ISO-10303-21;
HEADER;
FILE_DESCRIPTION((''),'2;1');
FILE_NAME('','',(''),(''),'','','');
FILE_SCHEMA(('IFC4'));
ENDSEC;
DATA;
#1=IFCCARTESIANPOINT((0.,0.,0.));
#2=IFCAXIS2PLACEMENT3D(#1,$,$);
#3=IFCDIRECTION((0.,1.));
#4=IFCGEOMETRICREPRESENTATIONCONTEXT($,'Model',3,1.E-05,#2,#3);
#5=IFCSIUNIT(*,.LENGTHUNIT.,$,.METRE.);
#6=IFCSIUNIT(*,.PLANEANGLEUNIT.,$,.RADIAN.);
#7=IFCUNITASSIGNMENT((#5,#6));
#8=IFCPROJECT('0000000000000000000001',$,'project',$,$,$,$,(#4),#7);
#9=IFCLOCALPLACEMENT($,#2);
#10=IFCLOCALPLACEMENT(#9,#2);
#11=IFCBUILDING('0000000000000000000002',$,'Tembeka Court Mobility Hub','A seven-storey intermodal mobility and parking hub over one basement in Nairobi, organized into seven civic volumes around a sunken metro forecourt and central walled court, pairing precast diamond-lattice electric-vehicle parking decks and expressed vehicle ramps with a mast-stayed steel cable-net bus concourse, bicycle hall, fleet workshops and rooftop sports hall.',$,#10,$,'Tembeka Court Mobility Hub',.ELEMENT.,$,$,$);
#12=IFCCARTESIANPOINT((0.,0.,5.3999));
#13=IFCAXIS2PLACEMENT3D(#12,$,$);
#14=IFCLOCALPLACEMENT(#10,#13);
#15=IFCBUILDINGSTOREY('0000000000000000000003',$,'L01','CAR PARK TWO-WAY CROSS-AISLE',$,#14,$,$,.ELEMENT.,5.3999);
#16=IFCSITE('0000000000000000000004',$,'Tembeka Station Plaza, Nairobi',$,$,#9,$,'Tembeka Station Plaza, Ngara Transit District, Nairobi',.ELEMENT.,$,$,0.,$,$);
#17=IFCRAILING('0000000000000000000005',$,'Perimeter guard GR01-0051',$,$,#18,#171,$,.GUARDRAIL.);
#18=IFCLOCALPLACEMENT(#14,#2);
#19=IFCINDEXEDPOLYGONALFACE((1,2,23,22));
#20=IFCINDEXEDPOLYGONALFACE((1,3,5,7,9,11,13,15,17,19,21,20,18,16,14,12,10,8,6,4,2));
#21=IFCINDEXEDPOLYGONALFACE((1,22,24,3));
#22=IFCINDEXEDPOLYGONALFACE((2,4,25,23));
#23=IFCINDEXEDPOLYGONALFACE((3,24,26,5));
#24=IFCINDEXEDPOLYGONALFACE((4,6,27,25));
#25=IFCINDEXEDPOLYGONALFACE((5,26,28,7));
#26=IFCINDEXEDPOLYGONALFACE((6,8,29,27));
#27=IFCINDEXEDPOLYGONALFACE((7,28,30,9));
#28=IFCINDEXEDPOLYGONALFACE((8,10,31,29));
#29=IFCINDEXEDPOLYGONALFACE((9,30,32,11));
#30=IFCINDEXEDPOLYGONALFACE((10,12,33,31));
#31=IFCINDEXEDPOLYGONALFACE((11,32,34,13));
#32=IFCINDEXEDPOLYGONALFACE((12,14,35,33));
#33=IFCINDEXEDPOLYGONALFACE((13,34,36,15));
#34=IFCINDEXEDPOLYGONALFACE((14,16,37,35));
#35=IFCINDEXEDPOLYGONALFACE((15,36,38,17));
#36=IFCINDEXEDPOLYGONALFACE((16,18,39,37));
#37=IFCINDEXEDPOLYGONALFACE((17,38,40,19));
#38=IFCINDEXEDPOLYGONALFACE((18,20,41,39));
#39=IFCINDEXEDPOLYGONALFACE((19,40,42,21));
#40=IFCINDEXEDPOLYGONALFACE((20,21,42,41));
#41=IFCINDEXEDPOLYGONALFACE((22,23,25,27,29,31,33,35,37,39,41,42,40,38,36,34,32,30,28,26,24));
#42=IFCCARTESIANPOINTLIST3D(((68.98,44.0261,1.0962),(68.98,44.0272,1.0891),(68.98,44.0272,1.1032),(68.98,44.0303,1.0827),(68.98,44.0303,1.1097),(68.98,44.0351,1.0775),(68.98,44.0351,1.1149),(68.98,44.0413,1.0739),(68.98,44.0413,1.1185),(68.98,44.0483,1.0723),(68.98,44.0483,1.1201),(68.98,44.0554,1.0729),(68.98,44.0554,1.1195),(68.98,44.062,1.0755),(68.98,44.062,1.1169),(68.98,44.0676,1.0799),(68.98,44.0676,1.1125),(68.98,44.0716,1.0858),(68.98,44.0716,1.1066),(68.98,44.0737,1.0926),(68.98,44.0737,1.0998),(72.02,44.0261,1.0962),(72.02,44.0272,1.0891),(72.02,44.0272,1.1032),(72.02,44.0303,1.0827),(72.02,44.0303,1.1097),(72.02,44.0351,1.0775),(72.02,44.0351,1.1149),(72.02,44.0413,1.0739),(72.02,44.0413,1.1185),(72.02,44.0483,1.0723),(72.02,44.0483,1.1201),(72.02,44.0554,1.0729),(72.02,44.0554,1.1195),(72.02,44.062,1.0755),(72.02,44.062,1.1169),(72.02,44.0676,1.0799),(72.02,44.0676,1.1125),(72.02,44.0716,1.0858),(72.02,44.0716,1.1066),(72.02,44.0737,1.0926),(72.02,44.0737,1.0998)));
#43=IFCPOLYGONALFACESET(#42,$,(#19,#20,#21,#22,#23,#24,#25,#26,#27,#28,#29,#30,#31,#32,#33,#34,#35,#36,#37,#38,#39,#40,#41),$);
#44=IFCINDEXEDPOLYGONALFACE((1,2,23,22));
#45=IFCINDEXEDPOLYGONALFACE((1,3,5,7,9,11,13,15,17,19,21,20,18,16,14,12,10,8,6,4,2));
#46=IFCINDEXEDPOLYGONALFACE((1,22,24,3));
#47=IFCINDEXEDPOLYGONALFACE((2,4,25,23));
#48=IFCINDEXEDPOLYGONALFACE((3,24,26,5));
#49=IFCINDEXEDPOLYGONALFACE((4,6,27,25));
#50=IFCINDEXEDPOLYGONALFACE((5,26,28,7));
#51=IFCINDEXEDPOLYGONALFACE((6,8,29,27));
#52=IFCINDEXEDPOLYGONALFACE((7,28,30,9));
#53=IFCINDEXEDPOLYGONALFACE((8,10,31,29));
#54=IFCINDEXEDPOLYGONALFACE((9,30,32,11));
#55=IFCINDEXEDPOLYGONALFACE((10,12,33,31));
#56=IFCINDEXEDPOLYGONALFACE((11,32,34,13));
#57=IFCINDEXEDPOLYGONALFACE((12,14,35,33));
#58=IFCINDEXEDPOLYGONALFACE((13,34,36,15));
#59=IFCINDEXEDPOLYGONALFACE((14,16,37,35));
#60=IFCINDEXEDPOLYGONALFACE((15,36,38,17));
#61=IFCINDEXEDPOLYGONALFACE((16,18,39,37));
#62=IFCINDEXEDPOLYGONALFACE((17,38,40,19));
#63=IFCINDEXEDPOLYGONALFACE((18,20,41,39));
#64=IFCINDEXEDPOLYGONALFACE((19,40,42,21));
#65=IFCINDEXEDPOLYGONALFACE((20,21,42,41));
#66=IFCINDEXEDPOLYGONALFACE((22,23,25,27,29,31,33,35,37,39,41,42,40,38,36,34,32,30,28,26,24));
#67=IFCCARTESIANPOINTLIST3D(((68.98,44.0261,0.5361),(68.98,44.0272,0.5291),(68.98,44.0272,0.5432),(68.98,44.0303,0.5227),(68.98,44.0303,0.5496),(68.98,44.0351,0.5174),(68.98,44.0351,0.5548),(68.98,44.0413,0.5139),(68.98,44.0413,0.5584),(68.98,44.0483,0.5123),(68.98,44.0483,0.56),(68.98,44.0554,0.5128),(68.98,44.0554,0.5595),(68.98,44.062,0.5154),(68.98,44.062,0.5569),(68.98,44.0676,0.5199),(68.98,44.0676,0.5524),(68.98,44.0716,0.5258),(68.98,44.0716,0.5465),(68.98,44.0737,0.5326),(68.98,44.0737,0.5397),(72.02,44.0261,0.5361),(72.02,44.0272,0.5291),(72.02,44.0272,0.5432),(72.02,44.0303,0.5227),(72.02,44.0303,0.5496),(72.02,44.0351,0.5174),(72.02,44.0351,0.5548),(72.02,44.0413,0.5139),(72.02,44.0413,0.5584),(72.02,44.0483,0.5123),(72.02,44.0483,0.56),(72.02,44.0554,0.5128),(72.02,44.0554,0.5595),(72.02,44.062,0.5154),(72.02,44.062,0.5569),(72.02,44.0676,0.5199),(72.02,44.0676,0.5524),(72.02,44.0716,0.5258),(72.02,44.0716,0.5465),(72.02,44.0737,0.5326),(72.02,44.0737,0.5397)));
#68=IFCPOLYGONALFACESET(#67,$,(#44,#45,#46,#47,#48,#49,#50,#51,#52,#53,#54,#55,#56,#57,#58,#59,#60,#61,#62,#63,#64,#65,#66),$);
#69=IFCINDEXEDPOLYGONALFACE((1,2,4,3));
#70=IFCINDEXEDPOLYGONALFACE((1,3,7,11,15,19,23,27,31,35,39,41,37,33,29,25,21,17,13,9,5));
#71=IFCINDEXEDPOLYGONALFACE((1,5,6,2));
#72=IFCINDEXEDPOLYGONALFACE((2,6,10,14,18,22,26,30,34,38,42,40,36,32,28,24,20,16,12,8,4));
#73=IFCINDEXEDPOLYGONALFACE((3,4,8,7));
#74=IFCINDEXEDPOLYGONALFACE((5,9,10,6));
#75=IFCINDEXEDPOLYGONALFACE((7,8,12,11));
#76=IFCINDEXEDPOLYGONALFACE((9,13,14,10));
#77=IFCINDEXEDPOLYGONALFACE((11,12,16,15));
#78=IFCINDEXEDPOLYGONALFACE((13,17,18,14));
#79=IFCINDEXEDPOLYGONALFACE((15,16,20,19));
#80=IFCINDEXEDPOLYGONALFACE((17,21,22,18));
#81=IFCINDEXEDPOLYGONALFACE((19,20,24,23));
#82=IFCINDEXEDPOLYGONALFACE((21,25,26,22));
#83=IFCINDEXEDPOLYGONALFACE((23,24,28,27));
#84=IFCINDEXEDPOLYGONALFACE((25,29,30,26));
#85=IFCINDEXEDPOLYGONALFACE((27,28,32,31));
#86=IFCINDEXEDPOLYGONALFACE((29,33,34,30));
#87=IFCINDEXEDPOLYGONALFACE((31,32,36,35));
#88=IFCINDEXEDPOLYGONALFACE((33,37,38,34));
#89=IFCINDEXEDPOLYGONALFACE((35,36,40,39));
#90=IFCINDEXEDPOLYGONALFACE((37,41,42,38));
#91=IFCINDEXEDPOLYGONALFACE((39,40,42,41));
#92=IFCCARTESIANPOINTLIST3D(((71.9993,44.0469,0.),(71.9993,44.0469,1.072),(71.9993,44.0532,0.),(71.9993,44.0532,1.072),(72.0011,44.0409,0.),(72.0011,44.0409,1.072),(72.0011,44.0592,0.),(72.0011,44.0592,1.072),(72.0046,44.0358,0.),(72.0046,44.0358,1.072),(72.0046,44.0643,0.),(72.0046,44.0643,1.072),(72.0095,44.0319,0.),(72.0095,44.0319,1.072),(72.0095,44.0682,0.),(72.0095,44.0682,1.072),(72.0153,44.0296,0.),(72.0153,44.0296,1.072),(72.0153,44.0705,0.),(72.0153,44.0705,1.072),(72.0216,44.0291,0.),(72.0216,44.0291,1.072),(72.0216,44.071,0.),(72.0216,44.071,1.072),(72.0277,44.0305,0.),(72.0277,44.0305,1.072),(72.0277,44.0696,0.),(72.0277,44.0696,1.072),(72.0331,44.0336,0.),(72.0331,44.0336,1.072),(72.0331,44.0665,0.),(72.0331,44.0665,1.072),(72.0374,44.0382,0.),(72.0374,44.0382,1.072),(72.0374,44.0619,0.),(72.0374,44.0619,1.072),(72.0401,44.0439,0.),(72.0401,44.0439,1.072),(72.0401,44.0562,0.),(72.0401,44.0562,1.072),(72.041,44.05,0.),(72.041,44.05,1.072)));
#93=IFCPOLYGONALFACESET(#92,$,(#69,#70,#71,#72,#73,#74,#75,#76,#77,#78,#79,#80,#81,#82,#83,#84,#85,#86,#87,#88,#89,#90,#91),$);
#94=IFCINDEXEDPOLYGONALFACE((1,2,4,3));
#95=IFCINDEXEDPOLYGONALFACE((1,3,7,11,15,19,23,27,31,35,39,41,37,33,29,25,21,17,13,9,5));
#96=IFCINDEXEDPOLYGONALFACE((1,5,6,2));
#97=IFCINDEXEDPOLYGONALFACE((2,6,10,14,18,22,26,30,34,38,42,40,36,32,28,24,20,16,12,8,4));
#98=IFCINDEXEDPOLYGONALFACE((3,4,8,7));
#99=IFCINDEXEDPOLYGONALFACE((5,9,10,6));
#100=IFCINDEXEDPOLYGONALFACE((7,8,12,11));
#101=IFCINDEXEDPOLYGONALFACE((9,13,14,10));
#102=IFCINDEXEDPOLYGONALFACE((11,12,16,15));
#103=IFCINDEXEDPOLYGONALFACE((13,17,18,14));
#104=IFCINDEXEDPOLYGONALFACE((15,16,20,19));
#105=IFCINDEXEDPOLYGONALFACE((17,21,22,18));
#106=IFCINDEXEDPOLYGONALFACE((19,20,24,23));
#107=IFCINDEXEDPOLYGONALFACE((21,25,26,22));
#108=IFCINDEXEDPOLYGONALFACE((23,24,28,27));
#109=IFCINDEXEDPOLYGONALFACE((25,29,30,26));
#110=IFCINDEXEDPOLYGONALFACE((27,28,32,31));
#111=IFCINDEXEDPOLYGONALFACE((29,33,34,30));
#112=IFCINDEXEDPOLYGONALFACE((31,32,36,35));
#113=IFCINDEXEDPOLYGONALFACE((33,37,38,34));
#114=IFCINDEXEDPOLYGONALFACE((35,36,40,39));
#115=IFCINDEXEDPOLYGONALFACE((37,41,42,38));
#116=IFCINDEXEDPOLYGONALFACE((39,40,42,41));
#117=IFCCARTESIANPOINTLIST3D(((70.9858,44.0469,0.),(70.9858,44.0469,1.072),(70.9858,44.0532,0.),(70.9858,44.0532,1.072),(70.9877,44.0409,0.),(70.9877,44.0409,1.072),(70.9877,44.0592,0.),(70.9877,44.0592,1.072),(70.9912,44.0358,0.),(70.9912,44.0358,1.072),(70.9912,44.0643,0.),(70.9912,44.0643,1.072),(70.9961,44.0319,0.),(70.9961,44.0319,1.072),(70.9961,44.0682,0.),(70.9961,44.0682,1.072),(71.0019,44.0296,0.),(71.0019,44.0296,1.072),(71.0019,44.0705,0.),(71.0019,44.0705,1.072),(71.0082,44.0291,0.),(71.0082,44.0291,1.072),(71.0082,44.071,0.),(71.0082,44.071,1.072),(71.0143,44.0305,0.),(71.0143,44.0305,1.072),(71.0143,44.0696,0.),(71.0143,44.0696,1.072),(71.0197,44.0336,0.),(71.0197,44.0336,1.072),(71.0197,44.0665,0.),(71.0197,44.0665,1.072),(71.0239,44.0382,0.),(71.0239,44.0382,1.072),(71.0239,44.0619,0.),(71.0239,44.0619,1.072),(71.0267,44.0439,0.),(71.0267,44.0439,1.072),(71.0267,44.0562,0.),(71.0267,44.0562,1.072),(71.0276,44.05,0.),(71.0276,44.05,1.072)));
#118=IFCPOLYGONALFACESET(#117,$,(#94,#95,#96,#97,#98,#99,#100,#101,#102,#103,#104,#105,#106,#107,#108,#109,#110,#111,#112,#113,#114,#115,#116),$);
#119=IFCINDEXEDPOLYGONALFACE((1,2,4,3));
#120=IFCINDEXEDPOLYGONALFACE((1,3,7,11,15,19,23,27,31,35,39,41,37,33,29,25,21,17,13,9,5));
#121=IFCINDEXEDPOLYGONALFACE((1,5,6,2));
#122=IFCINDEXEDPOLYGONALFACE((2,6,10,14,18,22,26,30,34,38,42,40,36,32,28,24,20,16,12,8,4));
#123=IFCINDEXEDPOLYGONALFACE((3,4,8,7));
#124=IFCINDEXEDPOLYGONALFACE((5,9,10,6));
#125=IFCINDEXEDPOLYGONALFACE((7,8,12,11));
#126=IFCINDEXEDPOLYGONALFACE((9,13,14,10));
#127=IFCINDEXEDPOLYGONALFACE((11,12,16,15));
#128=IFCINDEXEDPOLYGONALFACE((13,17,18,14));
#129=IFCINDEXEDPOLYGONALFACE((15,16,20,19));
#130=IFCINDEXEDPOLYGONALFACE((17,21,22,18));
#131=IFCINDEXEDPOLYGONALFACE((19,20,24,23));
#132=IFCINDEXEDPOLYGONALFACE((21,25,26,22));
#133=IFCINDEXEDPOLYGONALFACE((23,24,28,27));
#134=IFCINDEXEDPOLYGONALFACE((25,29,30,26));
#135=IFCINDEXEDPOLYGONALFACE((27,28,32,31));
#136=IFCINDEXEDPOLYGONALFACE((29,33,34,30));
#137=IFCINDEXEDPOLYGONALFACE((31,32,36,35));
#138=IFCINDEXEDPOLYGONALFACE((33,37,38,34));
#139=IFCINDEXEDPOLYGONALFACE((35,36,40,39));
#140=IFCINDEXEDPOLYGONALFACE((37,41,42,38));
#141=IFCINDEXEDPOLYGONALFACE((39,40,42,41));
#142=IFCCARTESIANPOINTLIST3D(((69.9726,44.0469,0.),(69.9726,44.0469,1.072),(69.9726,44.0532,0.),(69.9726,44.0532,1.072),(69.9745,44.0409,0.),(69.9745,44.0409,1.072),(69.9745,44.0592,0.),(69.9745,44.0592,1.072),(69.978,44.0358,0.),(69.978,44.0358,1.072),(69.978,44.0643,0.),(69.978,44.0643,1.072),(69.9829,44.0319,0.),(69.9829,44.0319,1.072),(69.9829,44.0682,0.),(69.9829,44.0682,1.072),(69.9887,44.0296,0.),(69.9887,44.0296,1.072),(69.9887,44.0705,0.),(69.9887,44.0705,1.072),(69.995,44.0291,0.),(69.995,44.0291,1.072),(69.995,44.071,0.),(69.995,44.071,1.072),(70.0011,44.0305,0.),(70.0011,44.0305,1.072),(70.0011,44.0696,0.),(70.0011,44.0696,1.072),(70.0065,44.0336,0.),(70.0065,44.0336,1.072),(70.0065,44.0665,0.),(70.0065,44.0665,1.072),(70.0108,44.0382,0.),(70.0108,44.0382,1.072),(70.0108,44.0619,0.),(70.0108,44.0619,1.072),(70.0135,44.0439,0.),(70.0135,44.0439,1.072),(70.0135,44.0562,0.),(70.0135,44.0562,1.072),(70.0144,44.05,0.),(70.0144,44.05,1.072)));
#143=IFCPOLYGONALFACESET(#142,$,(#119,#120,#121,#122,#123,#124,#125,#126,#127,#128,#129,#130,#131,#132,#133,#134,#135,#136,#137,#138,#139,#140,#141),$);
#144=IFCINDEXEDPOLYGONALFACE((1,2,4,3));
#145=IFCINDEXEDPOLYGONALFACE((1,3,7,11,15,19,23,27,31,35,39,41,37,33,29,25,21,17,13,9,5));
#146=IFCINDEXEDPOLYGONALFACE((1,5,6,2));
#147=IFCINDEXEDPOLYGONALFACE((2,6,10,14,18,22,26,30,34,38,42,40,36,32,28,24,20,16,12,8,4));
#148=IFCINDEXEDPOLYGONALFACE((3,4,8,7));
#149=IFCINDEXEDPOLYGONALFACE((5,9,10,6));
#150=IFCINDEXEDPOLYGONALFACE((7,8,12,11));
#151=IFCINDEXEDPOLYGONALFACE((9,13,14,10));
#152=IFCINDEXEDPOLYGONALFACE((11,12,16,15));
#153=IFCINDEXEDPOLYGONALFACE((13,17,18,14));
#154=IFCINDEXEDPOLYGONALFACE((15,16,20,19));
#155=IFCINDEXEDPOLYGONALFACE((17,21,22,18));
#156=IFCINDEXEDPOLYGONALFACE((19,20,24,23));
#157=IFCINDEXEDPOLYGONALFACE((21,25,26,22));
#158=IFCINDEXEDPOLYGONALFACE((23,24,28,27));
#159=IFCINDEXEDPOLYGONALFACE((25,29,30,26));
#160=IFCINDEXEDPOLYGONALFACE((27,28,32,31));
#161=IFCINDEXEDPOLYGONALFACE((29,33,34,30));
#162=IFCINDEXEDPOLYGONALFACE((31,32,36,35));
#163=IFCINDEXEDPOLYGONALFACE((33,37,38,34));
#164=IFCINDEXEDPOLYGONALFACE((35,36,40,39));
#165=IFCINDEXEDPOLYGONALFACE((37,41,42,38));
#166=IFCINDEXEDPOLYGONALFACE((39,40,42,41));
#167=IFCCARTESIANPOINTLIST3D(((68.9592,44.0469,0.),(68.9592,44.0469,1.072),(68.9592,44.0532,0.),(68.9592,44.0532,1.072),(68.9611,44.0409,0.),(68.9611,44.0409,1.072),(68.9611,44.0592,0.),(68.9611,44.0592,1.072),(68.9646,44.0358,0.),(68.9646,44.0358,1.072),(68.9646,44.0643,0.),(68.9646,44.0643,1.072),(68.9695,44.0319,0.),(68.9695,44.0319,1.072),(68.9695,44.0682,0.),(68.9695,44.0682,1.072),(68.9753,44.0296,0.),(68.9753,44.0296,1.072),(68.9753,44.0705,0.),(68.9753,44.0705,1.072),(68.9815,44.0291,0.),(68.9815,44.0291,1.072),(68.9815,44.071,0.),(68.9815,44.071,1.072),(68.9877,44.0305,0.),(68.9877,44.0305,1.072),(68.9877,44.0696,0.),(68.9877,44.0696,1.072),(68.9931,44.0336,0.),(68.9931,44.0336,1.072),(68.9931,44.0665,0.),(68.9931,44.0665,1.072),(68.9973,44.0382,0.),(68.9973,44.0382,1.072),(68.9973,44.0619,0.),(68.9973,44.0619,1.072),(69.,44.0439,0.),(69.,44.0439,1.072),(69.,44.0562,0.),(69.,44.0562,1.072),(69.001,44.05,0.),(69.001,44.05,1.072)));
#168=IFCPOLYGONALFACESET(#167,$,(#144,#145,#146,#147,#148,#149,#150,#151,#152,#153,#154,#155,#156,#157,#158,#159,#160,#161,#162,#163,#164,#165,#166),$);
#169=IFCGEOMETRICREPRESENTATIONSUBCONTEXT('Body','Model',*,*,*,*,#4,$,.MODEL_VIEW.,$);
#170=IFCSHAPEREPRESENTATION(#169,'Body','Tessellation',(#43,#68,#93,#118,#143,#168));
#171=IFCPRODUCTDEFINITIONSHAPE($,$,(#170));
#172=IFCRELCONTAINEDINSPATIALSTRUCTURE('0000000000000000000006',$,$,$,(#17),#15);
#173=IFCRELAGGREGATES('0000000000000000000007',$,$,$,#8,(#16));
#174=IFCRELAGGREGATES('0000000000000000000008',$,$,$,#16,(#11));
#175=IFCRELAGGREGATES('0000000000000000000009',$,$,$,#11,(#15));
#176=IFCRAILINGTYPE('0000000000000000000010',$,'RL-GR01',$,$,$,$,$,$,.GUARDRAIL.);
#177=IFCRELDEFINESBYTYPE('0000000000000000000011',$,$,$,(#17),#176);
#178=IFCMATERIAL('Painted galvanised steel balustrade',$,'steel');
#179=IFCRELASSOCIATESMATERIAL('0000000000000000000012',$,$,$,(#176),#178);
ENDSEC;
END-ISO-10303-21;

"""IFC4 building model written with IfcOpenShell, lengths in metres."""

from ifc_helpers import new_model, si_unit, direction, frame, origin, origin_2d, place, context, subcontext, project, spatial, circle, extrude, material, type_object, element, save


model = new_model("IFC4")

# Units and contexts
model_context = context("Model", 3, precision=1e-05, world=origin(), true_north=direction((0.0, 1.0)))
body_context = subcontext(model_context, "Body", "Model", "MODEL_VIEW")
ifc_project = project(units=[si_unit("LENGTHUNIT", "METRE"), si_unit("PLANEANGLEUNIT", "RADIAN")], contexts=[model_context])

# Site, building, storey
site_placement = place(None, origin())
site = spatial("IfcSite", under=ifc_project, at=site_placement, Name="Tembeka Station Plaza, Nairobi", LongName="Tembeka Station Plaza, Ngara Transit District, Nairobi", CompositionType="ELEMENT", RefElevation=0.0)
building_placement = place(site_placement, origin())
building = spatial("IfcBuilding", under=site, at=building_placement, Name="Tembeka Court Mobility Hub", Description="A seven-storey intermodal mobility and parking hub over one basement in Nairobi, organized into seven civic volumes around a sunken metro forecourt and central walled court, pairing precast diamond-lattice electric-vehicle parking decks and expressed vehicle ramps with a mast-stayed steel cable-net bus concourse, bicycle hall, fleet workshops and rooftop sports hall.", LongName="Tembeka Court Mobility Hub", CompositionType="ELEMENT")
storey_placement = place(building_placement, frame((0.0, 0.0, 5.3999)))
storey = spatial("IfcBuildingStorey", under=building, at=storey_placement, Name="L01", Description="CAR PARK TWO-WAY CROSS-AISLE", CompositionType="ELEMENT", Elevation=5.3999)

# Railing
ifc_material_1 = material(Name="Painted galvanised steel balustrade", Category="steel")
railing_type = type_object("IfcRailingType", Name="RL-GR01", PredefinedType="GUARDRAIL", material=ifc_material_1)
railing_1_placement = place(storey_placement, frame((72.02, 44.05, 0.0)))
element("IfcRailing", 1, at=railing_1_placement, inside=storey, type_object=railing_type, Name="Perimeter guard GR01-0051", PredefinedType="GUARDRAIL", context=body_context, shape_type="SweptSolid", body=[
    extrude(circle(Radius=0.0239, at=origin_2d()), frame((0.0, 0.0, 1.0962), z_axis=(-1.0, 0.0, 0.0), x_axis=(0.0, -1.0, 0.0)), (0.0, 0.0, 1.0), 3.04),
    extrude(circle(Radius=0.0239, at=origin_2d()), frame((0.0, 0.0, 0.5361), z_axis=(-1.0, 0.0, 0.0), x_axis=(0.0, -1.0, 0.0)), (0.0, 0.0, 1.0), 3.04),
    extrude(circle(Radius=0.021, at=origin_2d()), origin(), (0.0, 0.0, 1.0), 1.072),
    extrude(circle(Radius=0.021, at=origin_2d()), frame((-1.0134, 0.0, 0.0)), (0.0, 0.0, 1.0), 1.072),
    extrude(circle(Radius=0.021, at=origin_2d()), frame((-2.0266, 0.0, 0.0)), (0.0, 0.0, 1.0), 1.072),
    extrude(circle(Radius=0.021, at=origin_2d()), frame((-3.04, 0.0, 0.0)), (0.0, 0.0, 1.0), 1.072),
])

save(model, "model.ifc")
